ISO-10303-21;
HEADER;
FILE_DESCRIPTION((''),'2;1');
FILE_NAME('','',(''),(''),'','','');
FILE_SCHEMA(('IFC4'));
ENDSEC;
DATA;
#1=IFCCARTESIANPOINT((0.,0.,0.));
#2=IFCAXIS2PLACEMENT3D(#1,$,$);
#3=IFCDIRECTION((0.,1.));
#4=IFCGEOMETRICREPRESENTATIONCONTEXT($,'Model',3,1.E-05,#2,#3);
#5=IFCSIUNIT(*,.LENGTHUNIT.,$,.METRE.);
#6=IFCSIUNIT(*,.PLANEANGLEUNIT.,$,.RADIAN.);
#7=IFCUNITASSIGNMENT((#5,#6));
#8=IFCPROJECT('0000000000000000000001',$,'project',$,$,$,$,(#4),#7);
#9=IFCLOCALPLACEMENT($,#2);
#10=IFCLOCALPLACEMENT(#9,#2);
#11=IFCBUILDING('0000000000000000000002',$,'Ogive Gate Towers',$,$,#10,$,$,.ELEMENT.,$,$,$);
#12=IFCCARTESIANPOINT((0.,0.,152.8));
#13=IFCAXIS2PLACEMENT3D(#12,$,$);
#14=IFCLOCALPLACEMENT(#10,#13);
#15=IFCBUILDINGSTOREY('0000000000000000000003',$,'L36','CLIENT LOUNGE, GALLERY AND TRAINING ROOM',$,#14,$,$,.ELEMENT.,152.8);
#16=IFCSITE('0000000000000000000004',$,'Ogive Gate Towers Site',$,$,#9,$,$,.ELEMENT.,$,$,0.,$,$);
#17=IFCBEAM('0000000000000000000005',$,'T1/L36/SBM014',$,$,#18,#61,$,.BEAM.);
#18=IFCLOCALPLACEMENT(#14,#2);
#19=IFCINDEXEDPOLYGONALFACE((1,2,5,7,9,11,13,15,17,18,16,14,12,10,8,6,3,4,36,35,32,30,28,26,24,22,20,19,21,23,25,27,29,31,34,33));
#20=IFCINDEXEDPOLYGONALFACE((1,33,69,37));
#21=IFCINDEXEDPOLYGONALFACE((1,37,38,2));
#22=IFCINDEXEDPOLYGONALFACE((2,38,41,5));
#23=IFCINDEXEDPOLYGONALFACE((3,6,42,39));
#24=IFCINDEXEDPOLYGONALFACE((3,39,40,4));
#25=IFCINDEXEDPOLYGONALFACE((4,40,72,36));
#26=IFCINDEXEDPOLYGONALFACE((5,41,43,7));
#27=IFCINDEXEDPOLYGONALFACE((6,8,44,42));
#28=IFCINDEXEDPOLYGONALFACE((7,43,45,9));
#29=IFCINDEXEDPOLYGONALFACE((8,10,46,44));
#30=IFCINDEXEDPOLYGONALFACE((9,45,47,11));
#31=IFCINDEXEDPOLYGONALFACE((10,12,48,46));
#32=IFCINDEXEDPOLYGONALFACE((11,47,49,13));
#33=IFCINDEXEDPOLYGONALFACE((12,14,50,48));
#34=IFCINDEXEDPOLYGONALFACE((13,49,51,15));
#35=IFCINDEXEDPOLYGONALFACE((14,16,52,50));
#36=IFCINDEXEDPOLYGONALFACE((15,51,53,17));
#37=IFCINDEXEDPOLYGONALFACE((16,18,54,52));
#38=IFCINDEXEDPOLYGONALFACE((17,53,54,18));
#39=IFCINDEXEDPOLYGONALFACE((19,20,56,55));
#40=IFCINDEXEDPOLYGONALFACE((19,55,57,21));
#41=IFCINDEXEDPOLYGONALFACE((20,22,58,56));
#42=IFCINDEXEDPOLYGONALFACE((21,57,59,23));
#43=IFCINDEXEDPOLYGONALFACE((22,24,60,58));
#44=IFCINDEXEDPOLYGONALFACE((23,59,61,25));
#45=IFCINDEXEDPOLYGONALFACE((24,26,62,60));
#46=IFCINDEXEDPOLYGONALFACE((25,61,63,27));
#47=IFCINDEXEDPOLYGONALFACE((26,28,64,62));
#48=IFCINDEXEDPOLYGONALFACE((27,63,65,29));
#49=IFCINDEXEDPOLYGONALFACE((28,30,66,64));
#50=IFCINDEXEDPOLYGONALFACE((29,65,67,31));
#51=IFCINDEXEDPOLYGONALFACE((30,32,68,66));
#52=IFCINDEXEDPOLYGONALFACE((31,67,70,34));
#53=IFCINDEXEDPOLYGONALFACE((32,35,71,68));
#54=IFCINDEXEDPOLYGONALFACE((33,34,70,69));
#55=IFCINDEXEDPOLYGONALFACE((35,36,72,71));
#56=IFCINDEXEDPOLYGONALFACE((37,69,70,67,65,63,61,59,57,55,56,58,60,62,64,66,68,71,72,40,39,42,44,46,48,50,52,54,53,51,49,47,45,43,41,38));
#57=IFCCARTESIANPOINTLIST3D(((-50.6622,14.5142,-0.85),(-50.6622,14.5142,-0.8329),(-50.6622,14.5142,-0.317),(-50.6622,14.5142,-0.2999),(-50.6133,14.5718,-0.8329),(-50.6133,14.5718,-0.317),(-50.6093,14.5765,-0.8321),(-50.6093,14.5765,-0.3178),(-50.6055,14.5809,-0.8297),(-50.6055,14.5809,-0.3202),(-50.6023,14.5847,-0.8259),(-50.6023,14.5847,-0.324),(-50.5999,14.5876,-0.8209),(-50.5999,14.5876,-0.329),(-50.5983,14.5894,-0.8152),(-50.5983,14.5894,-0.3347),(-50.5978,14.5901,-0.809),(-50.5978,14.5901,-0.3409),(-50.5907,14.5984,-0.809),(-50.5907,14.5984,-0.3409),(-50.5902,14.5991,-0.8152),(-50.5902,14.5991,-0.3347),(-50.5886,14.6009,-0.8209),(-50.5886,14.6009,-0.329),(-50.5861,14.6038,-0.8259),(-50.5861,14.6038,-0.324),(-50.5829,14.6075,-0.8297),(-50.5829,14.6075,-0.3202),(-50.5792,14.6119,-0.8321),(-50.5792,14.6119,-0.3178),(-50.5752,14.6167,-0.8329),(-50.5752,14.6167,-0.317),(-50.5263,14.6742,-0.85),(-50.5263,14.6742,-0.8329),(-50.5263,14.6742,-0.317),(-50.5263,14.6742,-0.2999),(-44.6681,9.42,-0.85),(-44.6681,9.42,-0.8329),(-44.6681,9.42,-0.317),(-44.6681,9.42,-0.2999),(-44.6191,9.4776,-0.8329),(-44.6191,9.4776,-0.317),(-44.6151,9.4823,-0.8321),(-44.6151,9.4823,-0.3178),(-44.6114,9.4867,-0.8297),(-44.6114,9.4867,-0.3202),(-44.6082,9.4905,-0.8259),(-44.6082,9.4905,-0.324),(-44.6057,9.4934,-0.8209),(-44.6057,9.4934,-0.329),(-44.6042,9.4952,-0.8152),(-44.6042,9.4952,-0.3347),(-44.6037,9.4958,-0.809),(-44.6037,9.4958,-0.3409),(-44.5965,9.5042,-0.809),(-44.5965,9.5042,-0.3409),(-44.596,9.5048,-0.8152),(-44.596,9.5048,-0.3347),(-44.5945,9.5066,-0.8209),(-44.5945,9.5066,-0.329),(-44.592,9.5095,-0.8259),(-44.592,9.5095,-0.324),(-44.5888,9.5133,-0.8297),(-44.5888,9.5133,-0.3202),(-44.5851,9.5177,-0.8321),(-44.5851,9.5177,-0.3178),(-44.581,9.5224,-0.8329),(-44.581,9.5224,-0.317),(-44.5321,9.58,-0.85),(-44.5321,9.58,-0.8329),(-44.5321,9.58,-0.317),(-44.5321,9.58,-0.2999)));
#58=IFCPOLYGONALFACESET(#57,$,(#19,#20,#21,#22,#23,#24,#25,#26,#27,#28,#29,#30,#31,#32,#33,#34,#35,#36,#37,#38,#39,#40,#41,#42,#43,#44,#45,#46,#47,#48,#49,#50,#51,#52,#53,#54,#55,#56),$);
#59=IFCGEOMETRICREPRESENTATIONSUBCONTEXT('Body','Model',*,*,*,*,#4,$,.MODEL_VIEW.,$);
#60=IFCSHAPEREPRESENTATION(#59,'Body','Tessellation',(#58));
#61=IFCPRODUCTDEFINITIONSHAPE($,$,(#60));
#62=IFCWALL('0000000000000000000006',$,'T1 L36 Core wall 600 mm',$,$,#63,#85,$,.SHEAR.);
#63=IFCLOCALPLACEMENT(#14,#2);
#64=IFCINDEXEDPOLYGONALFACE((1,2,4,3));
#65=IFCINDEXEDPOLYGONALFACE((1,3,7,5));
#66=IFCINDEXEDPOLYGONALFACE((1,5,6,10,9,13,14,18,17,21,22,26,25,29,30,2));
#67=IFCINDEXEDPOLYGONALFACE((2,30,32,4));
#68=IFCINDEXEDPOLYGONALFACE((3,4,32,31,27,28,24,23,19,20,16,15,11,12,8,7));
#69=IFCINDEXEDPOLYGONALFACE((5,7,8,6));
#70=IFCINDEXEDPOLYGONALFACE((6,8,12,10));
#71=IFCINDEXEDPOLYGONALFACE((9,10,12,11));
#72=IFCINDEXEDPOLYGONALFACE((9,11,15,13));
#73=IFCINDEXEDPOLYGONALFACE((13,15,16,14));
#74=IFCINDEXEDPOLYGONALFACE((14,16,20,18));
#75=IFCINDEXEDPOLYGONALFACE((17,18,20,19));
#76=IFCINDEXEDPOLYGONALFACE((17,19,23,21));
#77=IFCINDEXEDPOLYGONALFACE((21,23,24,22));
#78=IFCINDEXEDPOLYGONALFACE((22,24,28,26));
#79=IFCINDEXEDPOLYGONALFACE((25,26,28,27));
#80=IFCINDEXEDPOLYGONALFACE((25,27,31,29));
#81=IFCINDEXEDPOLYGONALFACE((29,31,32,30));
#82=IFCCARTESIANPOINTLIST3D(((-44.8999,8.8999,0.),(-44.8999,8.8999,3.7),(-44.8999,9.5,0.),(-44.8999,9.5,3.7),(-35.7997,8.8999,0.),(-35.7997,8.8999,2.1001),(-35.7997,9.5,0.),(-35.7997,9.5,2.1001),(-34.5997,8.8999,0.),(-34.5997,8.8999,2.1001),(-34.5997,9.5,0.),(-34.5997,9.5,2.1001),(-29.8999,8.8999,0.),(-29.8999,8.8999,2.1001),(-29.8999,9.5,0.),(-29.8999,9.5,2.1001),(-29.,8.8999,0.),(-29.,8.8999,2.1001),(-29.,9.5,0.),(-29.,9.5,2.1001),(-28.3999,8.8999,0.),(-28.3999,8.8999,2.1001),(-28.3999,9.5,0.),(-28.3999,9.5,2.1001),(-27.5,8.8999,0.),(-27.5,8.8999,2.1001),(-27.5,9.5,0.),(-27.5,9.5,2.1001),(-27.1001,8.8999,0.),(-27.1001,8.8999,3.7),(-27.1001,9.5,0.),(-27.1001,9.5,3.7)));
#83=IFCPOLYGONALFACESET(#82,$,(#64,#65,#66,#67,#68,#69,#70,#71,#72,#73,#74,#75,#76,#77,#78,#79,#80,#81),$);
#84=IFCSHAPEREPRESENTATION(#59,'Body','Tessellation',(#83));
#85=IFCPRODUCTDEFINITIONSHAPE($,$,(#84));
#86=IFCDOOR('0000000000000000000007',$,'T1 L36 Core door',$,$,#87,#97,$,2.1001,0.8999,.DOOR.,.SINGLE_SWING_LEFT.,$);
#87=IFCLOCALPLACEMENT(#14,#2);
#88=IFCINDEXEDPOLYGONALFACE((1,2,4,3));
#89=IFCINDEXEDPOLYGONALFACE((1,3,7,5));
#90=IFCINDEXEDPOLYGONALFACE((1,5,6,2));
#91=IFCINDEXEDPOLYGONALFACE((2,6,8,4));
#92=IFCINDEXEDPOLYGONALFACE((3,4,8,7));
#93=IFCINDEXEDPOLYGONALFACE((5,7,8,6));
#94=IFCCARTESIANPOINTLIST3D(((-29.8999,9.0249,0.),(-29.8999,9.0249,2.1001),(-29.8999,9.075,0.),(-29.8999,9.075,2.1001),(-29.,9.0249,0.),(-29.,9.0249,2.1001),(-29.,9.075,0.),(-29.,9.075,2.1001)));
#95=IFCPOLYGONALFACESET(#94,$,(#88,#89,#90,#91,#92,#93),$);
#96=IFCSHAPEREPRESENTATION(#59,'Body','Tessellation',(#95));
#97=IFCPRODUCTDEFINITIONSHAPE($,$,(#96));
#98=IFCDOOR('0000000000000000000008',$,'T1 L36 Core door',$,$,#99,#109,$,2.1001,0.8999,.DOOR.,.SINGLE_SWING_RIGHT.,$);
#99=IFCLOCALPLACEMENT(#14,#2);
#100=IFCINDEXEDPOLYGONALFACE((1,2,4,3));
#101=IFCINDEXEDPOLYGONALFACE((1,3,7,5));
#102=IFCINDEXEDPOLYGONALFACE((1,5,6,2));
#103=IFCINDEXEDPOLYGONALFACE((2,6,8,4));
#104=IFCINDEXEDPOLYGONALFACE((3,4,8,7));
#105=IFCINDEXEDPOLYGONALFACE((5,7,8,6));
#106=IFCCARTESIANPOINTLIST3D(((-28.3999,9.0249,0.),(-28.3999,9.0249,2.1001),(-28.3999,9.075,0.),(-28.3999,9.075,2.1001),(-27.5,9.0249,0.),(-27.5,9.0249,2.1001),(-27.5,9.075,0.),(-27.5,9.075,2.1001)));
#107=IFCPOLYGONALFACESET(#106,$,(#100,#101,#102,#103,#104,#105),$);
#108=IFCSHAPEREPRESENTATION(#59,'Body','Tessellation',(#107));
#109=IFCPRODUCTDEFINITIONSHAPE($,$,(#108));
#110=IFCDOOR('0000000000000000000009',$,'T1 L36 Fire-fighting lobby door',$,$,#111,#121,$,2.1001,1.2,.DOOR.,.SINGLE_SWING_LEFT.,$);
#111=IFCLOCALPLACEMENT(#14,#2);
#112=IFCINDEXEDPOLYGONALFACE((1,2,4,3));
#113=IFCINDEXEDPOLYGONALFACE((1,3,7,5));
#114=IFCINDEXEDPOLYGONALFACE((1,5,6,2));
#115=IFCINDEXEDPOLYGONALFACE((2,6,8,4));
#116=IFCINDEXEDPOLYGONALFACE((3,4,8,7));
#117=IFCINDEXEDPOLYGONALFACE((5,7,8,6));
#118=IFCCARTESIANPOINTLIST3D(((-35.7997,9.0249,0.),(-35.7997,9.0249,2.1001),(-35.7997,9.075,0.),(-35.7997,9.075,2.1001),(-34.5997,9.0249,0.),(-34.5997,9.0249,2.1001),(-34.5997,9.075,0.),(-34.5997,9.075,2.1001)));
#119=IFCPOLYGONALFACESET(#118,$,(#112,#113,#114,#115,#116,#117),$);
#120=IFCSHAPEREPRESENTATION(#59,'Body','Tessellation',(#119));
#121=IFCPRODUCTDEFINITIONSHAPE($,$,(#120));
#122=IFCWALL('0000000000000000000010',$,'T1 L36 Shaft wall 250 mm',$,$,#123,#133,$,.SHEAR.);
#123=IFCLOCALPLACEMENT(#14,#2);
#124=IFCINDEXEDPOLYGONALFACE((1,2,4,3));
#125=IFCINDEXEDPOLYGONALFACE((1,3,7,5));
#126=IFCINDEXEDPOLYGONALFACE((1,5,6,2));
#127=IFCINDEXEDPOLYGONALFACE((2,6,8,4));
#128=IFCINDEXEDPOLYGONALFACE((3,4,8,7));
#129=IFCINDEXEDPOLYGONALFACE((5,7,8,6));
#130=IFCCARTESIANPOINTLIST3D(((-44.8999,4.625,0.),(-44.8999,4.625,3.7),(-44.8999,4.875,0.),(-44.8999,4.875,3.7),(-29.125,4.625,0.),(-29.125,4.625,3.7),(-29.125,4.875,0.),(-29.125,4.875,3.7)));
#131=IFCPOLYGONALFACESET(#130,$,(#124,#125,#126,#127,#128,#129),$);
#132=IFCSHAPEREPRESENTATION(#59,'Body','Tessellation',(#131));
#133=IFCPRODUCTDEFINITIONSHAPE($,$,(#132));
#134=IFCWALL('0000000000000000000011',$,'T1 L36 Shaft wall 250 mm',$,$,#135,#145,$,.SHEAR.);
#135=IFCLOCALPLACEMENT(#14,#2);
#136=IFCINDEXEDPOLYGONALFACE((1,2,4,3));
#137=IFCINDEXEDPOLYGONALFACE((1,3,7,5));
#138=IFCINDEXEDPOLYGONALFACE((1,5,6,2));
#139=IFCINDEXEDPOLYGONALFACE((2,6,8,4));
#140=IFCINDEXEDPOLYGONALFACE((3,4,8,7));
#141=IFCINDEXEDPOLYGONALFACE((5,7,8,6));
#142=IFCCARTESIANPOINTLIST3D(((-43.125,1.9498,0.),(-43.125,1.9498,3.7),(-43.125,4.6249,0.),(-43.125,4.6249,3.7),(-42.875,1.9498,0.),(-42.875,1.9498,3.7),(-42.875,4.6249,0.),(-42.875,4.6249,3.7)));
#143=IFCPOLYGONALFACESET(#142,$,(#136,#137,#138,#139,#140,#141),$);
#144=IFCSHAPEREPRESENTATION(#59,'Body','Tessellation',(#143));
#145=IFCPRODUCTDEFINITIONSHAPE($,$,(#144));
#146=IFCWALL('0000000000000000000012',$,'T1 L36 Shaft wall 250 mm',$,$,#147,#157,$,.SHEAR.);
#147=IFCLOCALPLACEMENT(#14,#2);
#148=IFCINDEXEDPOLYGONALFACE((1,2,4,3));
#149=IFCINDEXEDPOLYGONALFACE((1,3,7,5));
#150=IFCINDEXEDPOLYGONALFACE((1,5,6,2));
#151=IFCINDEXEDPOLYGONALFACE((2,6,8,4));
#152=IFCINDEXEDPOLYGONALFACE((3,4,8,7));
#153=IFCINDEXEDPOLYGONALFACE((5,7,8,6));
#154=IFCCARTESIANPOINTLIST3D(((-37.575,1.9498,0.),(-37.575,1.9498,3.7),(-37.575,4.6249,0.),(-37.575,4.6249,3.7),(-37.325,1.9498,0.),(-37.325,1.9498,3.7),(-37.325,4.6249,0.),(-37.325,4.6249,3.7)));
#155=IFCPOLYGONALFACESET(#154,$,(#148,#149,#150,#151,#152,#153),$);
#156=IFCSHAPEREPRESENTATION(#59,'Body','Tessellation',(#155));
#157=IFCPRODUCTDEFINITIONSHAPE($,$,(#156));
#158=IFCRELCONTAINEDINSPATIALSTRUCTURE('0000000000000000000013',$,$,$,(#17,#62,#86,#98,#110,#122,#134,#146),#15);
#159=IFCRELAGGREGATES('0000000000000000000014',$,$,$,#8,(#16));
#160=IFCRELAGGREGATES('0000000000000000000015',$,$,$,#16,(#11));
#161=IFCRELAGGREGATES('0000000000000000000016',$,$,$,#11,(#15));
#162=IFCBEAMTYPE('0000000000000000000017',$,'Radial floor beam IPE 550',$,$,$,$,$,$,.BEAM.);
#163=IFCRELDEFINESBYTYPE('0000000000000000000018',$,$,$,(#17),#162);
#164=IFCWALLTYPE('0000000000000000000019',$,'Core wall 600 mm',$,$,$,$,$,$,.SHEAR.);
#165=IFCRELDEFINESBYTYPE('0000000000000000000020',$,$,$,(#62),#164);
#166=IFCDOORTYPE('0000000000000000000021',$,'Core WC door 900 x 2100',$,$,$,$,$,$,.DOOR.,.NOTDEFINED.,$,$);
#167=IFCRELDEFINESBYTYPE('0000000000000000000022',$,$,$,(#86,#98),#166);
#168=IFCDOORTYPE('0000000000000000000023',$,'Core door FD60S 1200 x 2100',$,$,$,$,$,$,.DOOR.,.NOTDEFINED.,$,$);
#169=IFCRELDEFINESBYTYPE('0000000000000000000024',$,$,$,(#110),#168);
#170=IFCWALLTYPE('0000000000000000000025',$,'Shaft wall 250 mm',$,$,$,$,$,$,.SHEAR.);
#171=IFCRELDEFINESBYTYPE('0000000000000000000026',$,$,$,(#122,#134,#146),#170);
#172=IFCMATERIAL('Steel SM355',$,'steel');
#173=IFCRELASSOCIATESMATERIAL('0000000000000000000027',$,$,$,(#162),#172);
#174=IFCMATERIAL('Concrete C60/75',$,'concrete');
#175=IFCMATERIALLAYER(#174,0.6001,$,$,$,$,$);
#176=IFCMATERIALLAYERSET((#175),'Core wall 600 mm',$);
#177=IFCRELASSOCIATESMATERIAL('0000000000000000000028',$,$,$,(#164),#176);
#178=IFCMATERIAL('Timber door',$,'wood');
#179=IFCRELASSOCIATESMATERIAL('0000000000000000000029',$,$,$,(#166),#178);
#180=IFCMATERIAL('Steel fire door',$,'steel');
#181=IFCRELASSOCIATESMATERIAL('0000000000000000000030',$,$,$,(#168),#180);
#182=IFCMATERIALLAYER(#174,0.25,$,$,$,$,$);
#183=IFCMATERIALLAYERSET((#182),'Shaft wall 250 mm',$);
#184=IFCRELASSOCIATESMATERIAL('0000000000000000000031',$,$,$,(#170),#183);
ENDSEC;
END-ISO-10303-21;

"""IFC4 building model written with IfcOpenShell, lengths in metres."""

from ifc_helpers import new_model, si_unit, direction, frame, frame_2d, origin, origin_2d, place, context, subcontext, project, spatial, rectangle, i_section, extrude, material, layer, layer_set, material_profile, profile_set, type_object, element, fill, save


model = new_model("IFC4")

# Units and contexts
model_context = context("Model", 3, precision=1e-05, world=origin(), true_north=direction((0.0, 1.0)))
body_context = subcontext(model_context, "Body", "Model", "MODEL_VIEW")
ifc_project = project(units=[si_unit("LENGTHUNIT", "METRE"), si_unit("PLANEANGLEUNIT", "RADIAN")], contexts=[model_context])

# Site, building, storey
site_placement = place(None, origin())
site = spatial("IfcSite", under=ifc_project, at=site_placement, Name="Ogive Gate Towers Site", CompositionType="ELEMENT", RefElevation=0.0)
building_placement = place(site_placement, origin())
building = spatial("IfcBuilding", under=site, at=building_placement, Name="Ogive Gate Towers", CompositionType="ELEMENT")
storey_placement = place(building_placement, frame((0.0, 0.0, 152.8)))
storey = spatial("IfcBuildingStorey", under=building, at=storey_placement, Name="L36", Description="CLIENT LOUNGE, GALLERY AND TRAINING ROOM", CompositionType="ELEMENT", Elevation=152.8)

# Beam
ifc_material_1 = material(Name="Steel SM355", Category="steel")
ifc_material_profile = material_profile(ifc_material_1, i_section(OverallWidth=0.21, OverallDepth=0.55, WebThickness=0.011, FlangeThickness=0.0171, FilletRadius=0.0239, at=origin_2d()), Name="IPE 550")
ifc_profile_set = profile_set([ifc_material_profile], Name="Steel SM355")
beam_type = type_object("IfcBeamType", Name="Radial floor beam IPE 550", PredefinedType="BEAM", material=ifc_profile_set)
beam_placement = place(storey_placement, frame((-44.6001, 9.5, -0.575), z_axis=(-0.761988, 0.647591, 0.0), x_axis=(-0.647591, -0.761988, 0.0)))
element("IfcBeam", 1, at=beam_placement, inside=storey, type_object=beam_type, Name="T1/L36/SBM014", PredefinedType="BEAM", context=body_context, shape_type="SweptSolid", body=[
    extrude(i_section(OverallWidth=0.21, OverallDepth=0.55, WebThickness=0.011, FlangeThickness=0.0171, FilletRadius=0.0239, at=origin_2d()), origin(), (0.0, 0.0, 1.0), 7.8665),
])

# Wall, openings, doors
ifc_material_2 = material(Name="Concrete C60/75", Category="concrete")
ifc_layer_1 = layer(ifc_material_2, 0.6001)
ifc_layer_set_1 = layer_set([ifc_layer_1], Name="Core wall 600 mm")
wall_type_1 = type_object("IfcWallType", Name="Core wall 600 mm", PredefinedType="SHEAR", material=ifc_layer_set_1)
wall_1_placement = place(storey_placement, frame((-44.8999, 9.2, 0.0), z_axis=(0.0, 0.0, 1.0), x_axis=(1.0, 0.0, 0.0)))
wall_1 = element("IfcWall", 2, at=wall_1_placement, inside=storey, type_object=wall_type_1, Name="T1 L36 Core wall 600 mm", PredefinedType="SHEAR", context=body_context, shape_type="SweptSolid", body=[
    extrude(rectangle(XDim=17.7998, YDim=0.6001, at=frame_2d((8.8999, 0.0))), origin(), (0.0, 0.0, 1.0), 3.7),
])
opening_1_placement = place(wall_1_placement, frame((9.1001, 0.0, 0.0)))
opening_1 = element("IfcOpeningElement", 3, at=opening_1_placement, cuts=wall_1, PredefinedType="OPENING", context=body_context, shape_type="SweptSolid", body=[
    extrude(rectangle(XDim=1.2, YDim=2.1001, at=frame_2d((0.6001, 1.05))), frame((0.0, 0.3101, 0.0), z_axis=(0.0, -1.0, 0.0), x_axis=(1.0, 0.0, 0.0)), (0.0, 0.0, 1.0), 0.6201),
])
opening_2_placement = place(wall_1_placement, frame((15.0, 0.0, 0.0)))
opening_2 = element("IfcOpeningElement", 4, at=opening_2_placement, cuts=wall_1, PredefinedType="OPENING", context=body_context, shape_type="SweptSolid", body=[
    extrude(rectangle(XDim=0.8999, YDim=2.1001, at=frame_2d((0.45, 1.05))), frame((0.0, 0.3101, 0.0), z_axis=(0.0, -1.0, 0.0), x_axis=(1.0, 0.0, 0.0)), (0.0, 0.0, 1.0), 0.6201),
])
opening_3_placement = place(wall_1_placement, frame((16.5, 0.0, 0.0)))
opening_3 = element("IfcOpeningElement", 5, at=opening_3_placement, cuts=wall_1, PredefinedType="OPENING", context=body_context, shape_type="SweptSolid", body=[
    extrude(rectangle(XDim=0.8999, YDim=2.1001, at=frame_2d((0.45, 1.05))), frame((0.0, 0.3101, 0.0), z_axis=(0.0, -1.0, 0.0), x_axis=(1.0, 0.0, 0.0)), (0.0, 0.0, 1.0), 0.6201),
])
ifc_material_3 = material(Name="Timber door", Category="wood")
door_type_1 = type_object("IfcDoorType", Name="Core WC door 900 x 2100", OperationType="NOTDEFINED", PredefinedType="DOOR", material=ifc_material_3)
door_1_placement = place(opening_2_placement, origin())
door_1 = element("IfcDoor", 6, at=door_1_placement, inside=storey, type_object=door_type_1, Name="T1 L36 Core door", OperationType="SINGLE_SWING_LEFT", OverallHeight=2.1001, OverallWidth=0.8999, PredefinedType="DOOR", context=body_context, shape_type="SweptSolid", body=[
    extrude(rectangle(XDim=0.8999, YDim=2.1001, at=frame_2d((0.45, 1.05))), frame((0.0, -0.125, 0.0), z_axis=(0.0, -1.0, 0.0), x_axis=(1.0, 0.0, 0.0)), (0.0, 0.0, 1.0), 0.05),
])
fill(opening_2, door_1)
door_2_placement = place(opening_3_placement, origin())
door_2 = element("IfcDoor", 7, at=door_2_placement, inside=storey, type_object=door_type_1, Name="T1 L36 Core door", OperationType="SINGLE_SWING_RIGHT", OverallHeight=2.1001, OverallWidth=0.8999, PredefinedType="DOOR", context=body_context, shape_type="SweptSolid", body=[
    extrude(rectangle(XDim=0.8999, YDim=2.1001, at=frame_2d((0.45, 1.05))), frame((0.0, -0.125, 0.0), z_axis=(0.0, -1.0, 0.0), x_axis=(1.0, 0.0, 0.0)), (0.0, 0.0, 1.0), 0.05),
])
fill(opening_3, door_2)
ifc_material_4 = material(Name="Steel fire door", Category="steel")
door_type_2 = type_object("IfcDoorType", Name="Core door FD60S 1200 x 2100", OperationType="NOTDEFINED", PredefinedType="DOOR", material=ifc_material_4)
door_3_placement = place(opening_1_placement, origin())
door_3 = element("IfcDoor", 8, at=door_3_placement, inside=storey, type_object=door_type_2, Name="T1 L36 Fire-fighting lobby door", OperationType="SINGLE_SWING_LEFT", OverallHeight=2.1001, OverallWidth=1.2, PredefinedType="DOOR", context=body_context, shape_type="SweptSolid", body=[
    extrude(rectangle(XDim=1.2, YDim=2.1001, at=frame_2d((0.6001, 1.05))), frame((0.0, -0.125, 0.0), z_axis=(0.0, -1.0, 0.0), x_axis=(1.0, 0.0, 0.0)), (0.0, 0.0, 1.0), 0.05),
])
fill(opening_1, door_3)

# Walls
ifc_layer_2 = layer(ifc_material_2, 0.25)
ifc_layer_set_2 = layer_set([ifc_layer_2], Name="Shaft wall 250 mm")
wall_type_2 = type_object("IfcWallType", Name="Shaft wall 250 mm", PredefinedType="SHEAR", material=ifc_layer_set_2)
wall_2_placement = place(storey_placement, frame((-44.8999, 4.75, 0.0), z_axis=(0.0, 0.0, 1.0), x_axis=(1.0, 0.0, 0.0)))
element("IfcWall", 9, at=wall_2_placement, inside=storey, type_object=wall_type_2, Name="T1 L36 Shaft wall 250 mm", PredefinedType="SHEAR", context=body_context, shape_type="SweptSolid", body=[
    extrude(rectangle(XDim=15.7749, YDim=0.25, at=frame_2d((7.8875, 0.0))), origin(), (0.0, 0.0, 1.0), 3.7),
])
for number, where, z_axis, x_axis, name in (
    (10, (-43.0, 1.95, 0.0), (0.0, 0.0, 1.0), (0.0, 1.0, 0.0), "T1 L36 Shaft wall 250 mm"),
    (11, (-37.45, 1.95, 0.0), (0.0, 0.0, 1.0), (0.0, 1.0, 0.0), "T1 L36 Shaft wall 250 mm"),
):
    element("IfcWall", number, at=place(storey_placement, frame(where, z_axis=z_axis, x_axis=x_axis)), inside=storey, type_object=wall_type_2, Name=name, PredefinedType="SHEAR", context=body_context, shape_type="SweptSolid", body=[
        extrude(rectangle(XDim=2.675, YDim=0.25, at=frame_2d((1.3374, 0.0))), origin(), (0.0, 0.0, 1.0), 3.7),
    ])

save(model, "model.ifc")
